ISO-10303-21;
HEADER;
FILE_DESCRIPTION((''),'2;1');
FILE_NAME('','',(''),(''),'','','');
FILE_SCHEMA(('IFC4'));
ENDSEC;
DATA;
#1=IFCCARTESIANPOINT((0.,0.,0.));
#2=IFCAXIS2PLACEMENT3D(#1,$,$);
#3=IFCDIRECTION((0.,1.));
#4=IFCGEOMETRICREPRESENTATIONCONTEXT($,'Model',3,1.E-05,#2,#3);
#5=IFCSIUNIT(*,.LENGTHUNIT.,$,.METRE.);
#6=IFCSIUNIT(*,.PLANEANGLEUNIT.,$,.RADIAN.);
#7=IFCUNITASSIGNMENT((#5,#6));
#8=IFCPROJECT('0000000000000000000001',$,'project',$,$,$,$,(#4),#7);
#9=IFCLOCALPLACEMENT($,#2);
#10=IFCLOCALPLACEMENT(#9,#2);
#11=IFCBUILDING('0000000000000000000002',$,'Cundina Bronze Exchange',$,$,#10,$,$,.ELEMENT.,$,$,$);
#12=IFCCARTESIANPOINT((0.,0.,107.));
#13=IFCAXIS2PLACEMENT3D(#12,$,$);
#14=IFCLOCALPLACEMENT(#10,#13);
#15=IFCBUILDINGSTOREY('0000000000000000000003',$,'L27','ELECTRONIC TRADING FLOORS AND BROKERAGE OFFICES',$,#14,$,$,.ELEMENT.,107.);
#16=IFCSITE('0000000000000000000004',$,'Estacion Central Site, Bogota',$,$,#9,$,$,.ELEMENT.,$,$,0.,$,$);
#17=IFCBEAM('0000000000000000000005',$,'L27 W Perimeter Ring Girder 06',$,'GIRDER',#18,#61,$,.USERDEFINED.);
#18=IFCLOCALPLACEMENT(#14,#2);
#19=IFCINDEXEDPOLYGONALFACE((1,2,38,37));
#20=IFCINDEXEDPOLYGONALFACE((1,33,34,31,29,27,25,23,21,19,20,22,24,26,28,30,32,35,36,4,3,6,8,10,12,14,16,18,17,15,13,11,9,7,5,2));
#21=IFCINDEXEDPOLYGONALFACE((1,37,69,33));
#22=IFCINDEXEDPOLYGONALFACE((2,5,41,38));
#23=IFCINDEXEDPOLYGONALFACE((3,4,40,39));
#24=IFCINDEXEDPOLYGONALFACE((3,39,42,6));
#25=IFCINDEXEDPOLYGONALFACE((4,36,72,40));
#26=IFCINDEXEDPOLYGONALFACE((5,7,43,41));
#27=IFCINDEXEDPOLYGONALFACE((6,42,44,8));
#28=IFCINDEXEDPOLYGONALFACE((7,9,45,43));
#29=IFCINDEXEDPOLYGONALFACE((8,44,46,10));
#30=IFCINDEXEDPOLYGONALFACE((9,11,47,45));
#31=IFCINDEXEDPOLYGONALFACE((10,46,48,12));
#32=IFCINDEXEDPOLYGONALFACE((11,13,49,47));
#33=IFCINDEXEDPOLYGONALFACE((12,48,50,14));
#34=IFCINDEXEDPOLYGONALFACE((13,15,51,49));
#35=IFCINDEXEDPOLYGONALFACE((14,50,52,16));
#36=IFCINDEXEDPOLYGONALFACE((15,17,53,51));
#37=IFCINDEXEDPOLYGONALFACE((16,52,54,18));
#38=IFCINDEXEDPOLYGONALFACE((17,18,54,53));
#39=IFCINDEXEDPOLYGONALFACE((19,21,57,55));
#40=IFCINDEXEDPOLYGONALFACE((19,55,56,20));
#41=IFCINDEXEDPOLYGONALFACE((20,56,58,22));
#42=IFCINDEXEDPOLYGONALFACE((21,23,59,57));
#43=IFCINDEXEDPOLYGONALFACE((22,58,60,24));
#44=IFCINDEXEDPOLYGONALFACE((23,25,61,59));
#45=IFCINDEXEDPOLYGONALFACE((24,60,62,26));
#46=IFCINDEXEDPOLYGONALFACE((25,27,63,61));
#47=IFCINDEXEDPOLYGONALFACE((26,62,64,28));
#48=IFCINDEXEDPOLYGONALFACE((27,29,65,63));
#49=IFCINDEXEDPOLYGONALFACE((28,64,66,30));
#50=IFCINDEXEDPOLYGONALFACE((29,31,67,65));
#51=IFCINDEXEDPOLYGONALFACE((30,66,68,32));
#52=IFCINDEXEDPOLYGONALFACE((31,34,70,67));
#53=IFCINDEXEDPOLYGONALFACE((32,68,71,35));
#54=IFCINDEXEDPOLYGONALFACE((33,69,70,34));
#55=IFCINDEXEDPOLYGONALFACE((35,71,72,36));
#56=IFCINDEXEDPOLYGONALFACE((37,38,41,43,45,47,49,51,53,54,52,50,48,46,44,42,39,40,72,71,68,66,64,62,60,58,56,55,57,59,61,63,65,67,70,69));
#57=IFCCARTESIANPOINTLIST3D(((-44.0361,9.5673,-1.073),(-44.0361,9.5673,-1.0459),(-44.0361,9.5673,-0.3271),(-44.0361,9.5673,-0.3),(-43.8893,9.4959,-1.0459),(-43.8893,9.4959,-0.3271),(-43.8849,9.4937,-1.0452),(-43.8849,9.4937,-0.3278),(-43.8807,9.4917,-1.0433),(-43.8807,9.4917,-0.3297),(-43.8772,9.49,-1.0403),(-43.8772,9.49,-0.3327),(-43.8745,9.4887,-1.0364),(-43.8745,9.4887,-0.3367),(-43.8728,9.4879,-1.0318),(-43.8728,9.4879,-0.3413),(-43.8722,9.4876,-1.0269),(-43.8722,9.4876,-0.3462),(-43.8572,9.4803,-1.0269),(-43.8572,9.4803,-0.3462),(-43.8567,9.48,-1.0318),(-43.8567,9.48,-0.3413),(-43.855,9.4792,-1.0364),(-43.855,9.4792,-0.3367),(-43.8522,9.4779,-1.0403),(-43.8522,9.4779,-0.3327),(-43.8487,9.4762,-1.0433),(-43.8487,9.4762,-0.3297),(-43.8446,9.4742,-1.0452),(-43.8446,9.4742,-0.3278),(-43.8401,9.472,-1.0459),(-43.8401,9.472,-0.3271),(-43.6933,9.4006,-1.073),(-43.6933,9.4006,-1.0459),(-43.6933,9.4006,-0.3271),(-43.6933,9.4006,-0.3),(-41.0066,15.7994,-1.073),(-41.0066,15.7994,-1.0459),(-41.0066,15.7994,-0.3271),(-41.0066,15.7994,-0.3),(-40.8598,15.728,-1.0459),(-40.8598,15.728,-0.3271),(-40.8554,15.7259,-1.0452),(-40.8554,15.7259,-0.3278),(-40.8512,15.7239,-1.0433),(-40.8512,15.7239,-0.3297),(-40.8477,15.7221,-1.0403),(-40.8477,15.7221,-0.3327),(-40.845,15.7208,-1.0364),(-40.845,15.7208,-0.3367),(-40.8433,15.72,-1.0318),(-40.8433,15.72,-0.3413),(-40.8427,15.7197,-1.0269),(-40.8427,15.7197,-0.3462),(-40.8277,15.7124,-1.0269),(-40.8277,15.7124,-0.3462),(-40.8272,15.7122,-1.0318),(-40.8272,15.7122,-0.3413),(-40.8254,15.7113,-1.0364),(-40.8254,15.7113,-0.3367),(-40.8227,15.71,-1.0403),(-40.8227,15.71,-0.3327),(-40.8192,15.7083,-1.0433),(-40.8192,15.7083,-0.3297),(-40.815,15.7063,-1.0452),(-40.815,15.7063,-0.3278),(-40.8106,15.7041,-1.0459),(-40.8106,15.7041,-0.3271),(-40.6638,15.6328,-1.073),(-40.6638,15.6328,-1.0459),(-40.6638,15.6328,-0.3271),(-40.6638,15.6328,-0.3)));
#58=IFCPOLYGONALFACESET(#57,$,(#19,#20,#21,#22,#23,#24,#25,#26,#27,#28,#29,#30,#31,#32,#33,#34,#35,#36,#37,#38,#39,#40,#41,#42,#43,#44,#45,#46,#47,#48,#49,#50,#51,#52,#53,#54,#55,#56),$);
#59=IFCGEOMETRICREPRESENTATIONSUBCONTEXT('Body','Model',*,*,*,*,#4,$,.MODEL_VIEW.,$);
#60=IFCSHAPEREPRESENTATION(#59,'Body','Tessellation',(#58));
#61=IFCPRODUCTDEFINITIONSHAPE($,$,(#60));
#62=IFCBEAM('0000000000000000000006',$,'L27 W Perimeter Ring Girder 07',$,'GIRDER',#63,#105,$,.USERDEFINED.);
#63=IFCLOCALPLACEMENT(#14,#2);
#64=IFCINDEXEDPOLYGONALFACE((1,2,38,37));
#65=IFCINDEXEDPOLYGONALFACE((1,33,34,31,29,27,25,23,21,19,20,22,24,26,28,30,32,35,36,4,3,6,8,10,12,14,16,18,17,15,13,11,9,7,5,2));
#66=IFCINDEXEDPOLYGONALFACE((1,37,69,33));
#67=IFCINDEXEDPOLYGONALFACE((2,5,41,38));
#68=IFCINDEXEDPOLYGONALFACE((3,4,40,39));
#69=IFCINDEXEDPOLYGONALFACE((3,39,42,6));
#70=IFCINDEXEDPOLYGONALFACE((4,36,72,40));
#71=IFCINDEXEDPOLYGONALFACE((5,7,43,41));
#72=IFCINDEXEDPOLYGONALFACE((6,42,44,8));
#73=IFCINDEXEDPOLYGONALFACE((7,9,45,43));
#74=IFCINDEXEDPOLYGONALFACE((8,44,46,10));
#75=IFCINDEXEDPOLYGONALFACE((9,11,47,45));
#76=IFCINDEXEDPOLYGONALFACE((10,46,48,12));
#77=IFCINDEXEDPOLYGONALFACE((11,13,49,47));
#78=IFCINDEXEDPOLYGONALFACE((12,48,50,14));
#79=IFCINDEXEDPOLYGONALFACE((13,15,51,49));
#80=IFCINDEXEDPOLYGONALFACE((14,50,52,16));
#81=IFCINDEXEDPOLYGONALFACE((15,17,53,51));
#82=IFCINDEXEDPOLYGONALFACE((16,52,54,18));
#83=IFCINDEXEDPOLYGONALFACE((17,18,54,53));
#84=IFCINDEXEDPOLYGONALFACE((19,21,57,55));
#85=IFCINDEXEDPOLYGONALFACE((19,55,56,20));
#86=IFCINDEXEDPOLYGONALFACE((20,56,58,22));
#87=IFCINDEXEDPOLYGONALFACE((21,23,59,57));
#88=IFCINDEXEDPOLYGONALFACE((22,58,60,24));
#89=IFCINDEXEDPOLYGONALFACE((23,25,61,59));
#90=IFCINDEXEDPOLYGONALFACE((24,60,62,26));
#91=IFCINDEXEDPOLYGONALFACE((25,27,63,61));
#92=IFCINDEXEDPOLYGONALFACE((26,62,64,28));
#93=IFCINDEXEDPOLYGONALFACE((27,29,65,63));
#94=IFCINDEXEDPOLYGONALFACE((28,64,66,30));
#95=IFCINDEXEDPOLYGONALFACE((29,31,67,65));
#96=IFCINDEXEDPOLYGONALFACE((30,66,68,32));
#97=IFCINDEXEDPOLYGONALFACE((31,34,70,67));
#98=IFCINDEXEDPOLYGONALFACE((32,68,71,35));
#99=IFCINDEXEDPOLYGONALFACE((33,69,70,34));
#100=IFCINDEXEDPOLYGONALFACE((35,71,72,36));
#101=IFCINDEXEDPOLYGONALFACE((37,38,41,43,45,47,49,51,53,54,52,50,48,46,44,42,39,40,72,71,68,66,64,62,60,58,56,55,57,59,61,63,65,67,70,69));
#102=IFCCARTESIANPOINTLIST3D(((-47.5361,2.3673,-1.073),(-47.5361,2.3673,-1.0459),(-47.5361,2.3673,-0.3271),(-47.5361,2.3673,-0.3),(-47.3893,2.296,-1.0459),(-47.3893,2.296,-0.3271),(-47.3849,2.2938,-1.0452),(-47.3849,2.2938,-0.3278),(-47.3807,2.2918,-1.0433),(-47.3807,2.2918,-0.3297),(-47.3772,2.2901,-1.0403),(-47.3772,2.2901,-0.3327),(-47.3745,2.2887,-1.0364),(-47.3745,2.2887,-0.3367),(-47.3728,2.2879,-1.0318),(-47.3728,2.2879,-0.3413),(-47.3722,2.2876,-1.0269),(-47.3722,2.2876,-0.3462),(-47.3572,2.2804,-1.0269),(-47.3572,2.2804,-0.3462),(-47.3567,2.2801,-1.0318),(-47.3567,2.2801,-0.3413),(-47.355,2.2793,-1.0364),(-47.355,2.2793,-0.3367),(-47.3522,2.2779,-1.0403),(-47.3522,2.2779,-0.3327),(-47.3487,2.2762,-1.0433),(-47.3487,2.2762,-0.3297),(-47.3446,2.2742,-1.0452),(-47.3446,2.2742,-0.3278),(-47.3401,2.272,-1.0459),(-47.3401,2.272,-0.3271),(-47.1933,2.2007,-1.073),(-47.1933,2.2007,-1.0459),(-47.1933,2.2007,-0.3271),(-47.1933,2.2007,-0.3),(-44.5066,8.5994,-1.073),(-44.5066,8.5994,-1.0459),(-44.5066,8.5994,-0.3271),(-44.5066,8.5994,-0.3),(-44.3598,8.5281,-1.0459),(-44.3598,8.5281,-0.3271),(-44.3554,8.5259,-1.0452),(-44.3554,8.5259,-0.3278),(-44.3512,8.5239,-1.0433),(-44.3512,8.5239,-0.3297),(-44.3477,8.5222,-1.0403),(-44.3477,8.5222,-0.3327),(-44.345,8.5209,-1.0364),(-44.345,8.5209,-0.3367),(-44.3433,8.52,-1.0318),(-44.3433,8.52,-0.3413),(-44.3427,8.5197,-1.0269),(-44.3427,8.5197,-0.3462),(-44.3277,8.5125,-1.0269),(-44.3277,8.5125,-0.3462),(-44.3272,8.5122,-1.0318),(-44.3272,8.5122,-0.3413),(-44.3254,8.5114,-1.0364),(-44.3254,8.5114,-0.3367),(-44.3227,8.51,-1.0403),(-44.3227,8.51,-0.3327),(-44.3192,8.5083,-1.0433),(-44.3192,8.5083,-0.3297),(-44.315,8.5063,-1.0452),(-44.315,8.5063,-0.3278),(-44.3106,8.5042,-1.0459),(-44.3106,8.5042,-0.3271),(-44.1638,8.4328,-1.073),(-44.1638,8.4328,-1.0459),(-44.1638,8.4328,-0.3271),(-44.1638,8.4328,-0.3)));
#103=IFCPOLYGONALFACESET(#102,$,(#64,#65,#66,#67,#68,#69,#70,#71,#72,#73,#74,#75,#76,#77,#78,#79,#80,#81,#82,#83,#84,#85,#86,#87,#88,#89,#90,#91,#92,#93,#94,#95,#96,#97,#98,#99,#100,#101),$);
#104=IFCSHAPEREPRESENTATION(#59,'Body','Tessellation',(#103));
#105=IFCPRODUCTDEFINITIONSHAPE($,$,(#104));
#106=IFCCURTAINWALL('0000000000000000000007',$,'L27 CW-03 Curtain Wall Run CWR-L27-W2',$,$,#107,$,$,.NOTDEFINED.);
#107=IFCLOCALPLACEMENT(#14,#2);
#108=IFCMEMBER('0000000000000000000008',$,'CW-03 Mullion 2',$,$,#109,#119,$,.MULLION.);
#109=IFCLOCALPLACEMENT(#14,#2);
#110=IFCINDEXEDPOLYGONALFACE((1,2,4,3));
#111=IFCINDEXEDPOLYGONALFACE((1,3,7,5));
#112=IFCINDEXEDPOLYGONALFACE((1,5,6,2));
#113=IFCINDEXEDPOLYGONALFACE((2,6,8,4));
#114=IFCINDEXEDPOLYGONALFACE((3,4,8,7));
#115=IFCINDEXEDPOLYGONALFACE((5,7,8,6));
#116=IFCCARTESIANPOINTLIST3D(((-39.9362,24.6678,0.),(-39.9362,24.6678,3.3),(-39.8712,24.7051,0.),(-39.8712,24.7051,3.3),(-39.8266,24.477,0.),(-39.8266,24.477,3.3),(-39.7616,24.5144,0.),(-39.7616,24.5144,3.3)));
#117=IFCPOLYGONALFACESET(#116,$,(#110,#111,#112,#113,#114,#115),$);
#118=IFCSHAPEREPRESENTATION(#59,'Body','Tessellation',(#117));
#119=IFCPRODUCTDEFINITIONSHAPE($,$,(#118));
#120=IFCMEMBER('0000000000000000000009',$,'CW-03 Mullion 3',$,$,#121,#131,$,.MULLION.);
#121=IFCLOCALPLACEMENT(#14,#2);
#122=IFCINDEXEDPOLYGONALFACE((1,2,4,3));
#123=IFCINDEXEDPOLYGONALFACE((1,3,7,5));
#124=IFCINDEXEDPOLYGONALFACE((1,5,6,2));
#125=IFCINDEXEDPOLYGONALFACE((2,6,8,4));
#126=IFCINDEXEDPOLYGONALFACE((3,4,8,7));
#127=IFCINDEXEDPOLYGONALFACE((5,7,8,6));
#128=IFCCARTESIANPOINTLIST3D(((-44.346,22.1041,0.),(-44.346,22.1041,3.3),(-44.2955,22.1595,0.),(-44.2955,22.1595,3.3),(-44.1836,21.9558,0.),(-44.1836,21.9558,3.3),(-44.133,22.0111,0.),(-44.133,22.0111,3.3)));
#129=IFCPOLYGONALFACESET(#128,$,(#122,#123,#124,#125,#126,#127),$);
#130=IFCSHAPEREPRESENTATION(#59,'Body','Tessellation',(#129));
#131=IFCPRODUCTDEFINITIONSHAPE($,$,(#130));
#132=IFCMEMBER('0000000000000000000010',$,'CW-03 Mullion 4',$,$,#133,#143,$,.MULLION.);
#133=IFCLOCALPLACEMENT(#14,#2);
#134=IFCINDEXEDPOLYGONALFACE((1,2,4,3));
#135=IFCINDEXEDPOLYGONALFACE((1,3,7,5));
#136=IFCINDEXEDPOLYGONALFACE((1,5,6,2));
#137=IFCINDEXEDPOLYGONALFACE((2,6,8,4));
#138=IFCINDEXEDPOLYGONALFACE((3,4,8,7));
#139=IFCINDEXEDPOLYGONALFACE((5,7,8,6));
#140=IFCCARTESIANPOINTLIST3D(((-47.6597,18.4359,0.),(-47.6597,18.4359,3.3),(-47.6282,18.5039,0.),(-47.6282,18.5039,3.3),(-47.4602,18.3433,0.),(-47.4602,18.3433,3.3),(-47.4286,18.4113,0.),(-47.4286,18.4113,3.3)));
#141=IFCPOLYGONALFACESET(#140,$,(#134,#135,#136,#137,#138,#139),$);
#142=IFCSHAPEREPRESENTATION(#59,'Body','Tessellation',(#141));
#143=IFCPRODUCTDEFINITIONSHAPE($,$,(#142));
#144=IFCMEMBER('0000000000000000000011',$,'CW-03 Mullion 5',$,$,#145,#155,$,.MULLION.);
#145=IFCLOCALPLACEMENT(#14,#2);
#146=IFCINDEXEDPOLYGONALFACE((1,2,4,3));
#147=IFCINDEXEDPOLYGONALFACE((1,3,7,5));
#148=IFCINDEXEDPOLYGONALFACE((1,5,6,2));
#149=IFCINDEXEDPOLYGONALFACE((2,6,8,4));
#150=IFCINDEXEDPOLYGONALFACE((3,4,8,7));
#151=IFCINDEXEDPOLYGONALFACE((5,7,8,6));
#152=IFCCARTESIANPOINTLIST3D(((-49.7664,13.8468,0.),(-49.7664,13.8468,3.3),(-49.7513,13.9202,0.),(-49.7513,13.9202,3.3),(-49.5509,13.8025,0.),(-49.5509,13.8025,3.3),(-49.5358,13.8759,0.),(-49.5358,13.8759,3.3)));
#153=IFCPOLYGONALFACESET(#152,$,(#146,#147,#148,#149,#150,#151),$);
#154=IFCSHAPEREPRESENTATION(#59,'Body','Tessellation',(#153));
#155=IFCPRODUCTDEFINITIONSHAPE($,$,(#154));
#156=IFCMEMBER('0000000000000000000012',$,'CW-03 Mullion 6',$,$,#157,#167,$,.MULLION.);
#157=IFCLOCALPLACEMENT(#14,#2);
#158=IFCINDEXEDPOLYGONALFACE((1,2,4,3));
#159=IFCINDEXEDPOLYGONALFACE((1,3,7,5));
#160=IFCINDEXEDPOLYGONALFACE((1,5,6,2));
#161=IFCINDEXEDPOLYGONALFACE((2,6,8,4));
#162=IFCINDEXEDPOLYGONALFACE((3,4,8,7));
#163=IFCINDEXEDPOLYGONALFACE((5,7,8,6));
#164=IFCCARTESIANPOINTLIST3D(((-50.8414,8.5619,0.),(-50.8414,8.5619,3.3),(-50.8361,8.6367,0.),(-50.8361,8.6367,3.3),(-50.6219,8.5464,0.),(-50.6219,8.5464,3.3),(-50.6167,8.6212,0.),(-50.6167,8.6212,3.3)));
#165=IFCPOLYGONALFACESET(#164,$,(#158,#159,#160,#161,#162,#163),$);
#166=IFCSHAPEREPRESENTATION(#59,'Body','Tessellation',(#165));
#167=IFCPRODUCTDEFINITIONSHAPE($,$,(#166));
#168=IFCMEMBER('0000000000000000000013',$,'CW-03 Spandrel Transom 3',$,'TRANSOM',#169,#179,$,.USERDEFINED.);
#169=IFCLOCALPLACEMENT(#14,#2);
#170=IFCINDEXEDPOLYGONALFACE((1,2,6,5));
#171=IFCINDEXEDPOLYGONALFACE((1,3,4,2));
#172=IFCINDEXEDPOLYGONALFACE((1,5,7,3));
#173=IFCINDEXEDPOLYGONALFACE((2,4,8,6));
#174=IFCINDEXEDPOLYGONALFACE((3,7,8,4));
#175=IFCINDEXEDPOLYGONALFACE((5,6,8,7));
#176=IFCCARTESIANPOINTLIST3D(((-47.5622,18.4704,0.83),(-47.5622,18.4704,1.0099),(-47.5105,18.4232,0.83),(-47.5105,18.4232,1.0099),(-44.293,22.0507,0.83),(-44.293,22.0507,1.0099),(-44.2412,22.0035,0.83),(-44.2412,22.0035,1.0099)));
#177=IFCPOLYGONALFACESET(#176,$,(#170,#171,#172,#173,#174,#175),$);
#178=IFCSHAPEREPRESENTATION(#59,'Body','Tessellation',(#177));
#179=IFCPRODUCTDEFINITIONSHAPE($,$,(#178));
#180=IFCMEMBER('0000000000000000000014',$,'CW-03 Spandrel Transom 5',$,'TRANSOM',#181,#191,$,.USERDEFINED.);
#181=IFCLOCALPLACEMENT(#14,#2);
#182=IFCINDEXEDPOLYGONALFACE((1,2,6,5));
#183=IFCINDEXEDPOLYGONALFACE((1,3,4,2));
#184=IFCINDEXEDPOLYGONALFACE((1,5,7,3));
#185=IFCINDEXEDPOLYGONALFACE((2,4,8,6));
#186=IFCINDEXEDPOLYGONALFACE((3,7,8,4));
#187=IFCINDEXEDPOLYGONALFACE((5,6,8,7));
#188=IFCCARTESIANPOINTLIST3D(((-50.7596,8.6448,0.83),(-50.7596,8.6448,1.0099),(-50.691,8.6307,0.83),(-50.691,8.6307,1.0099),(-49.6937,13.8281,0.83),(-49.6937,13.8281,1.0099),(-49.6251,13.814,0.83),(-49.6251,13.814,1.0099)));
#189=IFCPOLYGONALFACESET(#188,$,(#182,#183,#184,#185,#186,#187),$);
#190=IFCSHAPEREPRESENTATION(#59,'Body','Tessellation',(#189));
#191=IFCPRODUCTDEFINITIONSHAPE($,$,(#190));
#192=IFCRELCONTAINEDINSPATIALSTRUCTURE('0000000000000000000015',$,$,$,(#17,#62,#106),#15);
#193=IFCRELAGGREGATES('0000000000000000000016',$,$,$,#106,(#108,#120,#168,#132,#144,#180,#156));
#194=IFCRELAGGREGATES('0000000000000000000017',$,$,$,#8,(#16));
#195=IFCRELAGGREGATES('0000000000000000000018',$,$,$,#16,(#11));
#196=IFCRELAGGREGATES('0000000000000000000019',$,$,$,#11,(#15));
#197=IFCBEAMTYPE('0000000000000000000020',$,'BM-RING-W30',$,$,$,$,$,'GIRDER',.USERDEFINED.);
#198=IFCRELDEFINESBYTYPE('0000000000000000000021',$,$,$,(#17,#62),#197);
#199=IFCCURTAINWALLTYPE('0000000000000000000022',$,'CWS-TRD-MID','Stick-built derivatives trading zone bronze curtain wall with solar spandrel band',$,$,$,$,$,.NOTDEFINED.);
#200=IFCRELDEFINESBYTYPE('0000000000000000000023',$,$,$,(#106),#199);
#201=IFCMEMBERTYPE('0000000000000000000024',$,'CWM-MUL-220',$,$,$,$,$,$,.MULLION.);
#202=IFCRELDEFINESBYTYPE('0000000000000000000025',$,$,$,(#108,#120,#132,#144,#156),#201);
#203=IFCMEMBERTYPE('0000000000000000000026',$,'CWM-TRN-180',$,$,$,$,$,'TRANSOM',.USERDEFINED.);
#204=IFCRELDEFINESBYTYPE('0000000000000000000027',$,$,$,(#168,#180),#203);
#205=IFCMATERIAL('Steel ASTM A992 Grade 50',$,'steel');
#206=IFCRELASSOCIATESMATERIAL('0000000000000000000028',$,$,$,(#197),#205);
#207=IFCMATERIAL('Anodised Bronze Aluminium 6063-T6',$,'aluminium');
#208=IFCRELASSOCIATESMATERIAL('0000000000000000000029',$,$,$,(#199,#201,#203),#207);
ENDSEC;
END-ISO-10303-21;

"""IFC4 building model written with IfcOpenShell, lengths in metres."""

from ifc_helpers import new_model, si_unit, direction, frame, origin, origin_2d, place, context, subcontext, project, spatial, rectangle, i_section, extrude, material, material_profile, profile_set, type_object, element, aggregate, save


model = new_model("IFC4")

# Units and contexts
model_context = context("Model", 3, precision=1e-05, world=origin(), true_north=direction((0.0, 1.0)))
body_context = subcontext(model_context, "Body", "Model", "MODEL_VIEW")
ifc_project = project(units=[si_unit("LENGTHUNIT", "METRE"), si_unit("PLANEANGLEUNIT", "RADIAN")], contexts=[model_context])

# Site, building, storey
site_placement = place(None, origin())
site = spatial("IfcSite", under=ifc_project, at=site_placement, Name="Estacion Central Site, Bogota", CompositionType="ELEMENT", RefElevation=0.0)
building_placement = place(site_placement, origin())
building = spatial("IfcBuilding", under=site, at=building_placement, Name="Cundina Bronze Exchange", CompositionType="ELEMENT")
storey_placement = place(building_placement, frame((0.0, 0.0, 107.0)))
storey = spatial("IfcBuildingStorey", under=building, at=storey_placement, Name="L27", Description="ELECTRONIC TRADING FLOORS AND BROKERAGE OFFICES", CompositionType="ELEMENT", Elevation=107.0)

# Beams
ifc_material_1 = material(Name="Steel ASTM A992 Grade 50", Category="steel")
ifc_material_profile_1 = material_profile(ifc_material_1, i_section(OverallWidth=0.3811, OverallDepth=0.7729, WebThickness=0.0166, FlangeThickness=0.0271, FilletRadius=0.019, at=origin_2d()), Name="W30X173", Category="steel")
ifc_profile_set_1 = profile_set([ifc_material_profile_1], Name="Steel ASTM A992 Grade 50")
beam_type_1 = type_object("IfcBeamType", Name="BM-RING-W30", ElementType="GIRDER", PredefinedType="USERDEFINED", material=ifc_profile_set_1)
for number, where, z_axis, x_axis, name in (
    (1, (-40.8352, 15.7161, -0.6865), (-0.437194, -0.899367, 0.0), (0.899367, -0.437194, 0.0), "L27 W Perimeter Ring Girder 06"),
    (2, (-44.3352, 8.5161, -0.6865), (-0.437194, -0.899367, 0.0), (0.899367, -0.437194, 0.0), "L27 W Perimeter Ring Girder 07"),
):
    element("IfcBeam", number, at=place(storey_placement, frame(where, z_axis=z_axis, x_axis=x_axis)), inside=storey, type_object=beam_type_1, Name=name, ObjectType="GIRDER", PredefinedType="USERDEFINED", context=body_context, shape_type="SweptSolid", body=[
        extrude(i_section(OverallWidth=0.3811, OverallDepth=0.7729, WebThickness=0.0166, FlangeThickness=0.0271, FilletRadius=0.019, at=origin_2d()), origin(), (0.0, 0.0, 1.0), 6.9294),
    ])

# Curtain wall, members
ifc_material_2 = material(Name="Anodised Bronze Aluminium 6063-T6", Category="aluminium")
curtain_wall_type = type_object("IfcCurtainWallType", Name="CWS-TRD-MID", Description="Stick-built derivatives trading zone bronze curtain wall with solar spandrel band", PredefinedType="NOTDEFINED", material=ifc_material_2)
curtain_wall_placement = place(storey_placement, origin())
curtain_wall = element("IfcCurtainWall", 3, at=curtain_wall_placement, inside=storey, type_object=curtain_wall_type, Name="L27 CW-03 Curtain Wall Run CWR-L27-W2", PredefinedType="NOTDEFINED")
ifc_material_profile_2 = material_profile(ifc_material_2, rectangle(XDim=0.075, YDim=0.22, at=origin_2d()), Name="AL75X220", Category="aluminium")
ifc_profile_set_2 = profile_set([ifc_material_profile_2], Name="Anodised Bronze Aluminium 6063-T6")
member_type_1 = type_object("IfcMemberType", Name="CWM-MUL-220", PredefinedType="MULLION", material=ifc_profile_set_2)
member_1_placement = place(storey_placement, frame((-39.8489, 24.5911, 0.0), z_axis=(0.0, 0.0, 1.0), x_axis=(-0.867071, -0.498185, 0.0)))
member_1 = element("IfcMember", 4, at=member_1_placement, type_object=member_type_1, Name="CW-03 Mullion 2", PredefinedType="MULLION", context=body_context, shape_type="SweptSolid", body=[
    extrude(rectangle(XDim=0.075, YDim=0.22, at=origin_2d()), origin(), (0.0, 0.0, 1.0), 3.3),
])
member_2_placement = place(storey_placement, frame((-44.2395, 22.0576, 0.0), z_axis=(0.0, 0.0, 1.0), x_axis=(-0.674302, -0.738455, 0.0)))
member_2 = element("IfcMember", 5, at=member_2_placement, type_object=member_type_1, Name="CW-03 Mullion 3", PredefinedType="MULLION", context=body_context, shape_type="SweptSolid", body=[
    extrude(rectangle(XDim=0.075, YDim=0.22, at=origin_2d()), origin(), (0.0, 0.0, 1.0), 3.3),
])
member_3_placement = place(storey_placement, frame((-47.5442, 18.4236, 0.0), z_axis=(0.0, 0.0, 1.0), x_axis=(-0.420877, -0.907117, 0.0)))
member_3 = element("IfcMember", 6, at=member_3_placement, type_object=member_type_1, Name="CW-03 Mullion 4", PredefinedType="MULLION", context=body_context, shape_type="SweptSolid", body=[
    extrude(rectangle(XDim=0.075, YDim=0.22, at=origin_2d()), origin(), (0.0, 0.0, 1.0), 3.3),
])
member_4_placement = place(storey_placement, frame((-49.6511, 13.8613, 0.0), z_axis=(0.0, 0.0, 1.0), x_axis=(-0.20142, -0.979505, 0.0)))
member_4 = element("IfcMember", 7, at=member_4_placement, type_object=member_type_1, Name="CW-03 Mullion 5", PredefinedType="MULLION", context=body_context, shape_type="SweptSolid", body=[
    extrude(rectangle(XDim=0.075, YDim=0.22, at=origin_2d()), origin(), (0.0, 0.0, 1.0), 3.3),
])
member_5_placement = place(storey_placement, frame((-50.729, 8.5916, 0.0), z_axis=(0.0, 0.0, 1.0), x_axis=(-0.070279, -0.997527, 0.0)))
member_5 = element("IfcMember", 8, at=member_5_placement, type_object=member_type_1, Name="CW-03 Mullion 6", PredefinedType="MULLION", context=body_context, shape_type="SweptSolid", body=[
    extrude(rectangle(XDim=0.075, YDim=0.22, at=origin_2d()), origin(), (0.0, 0.0, 1.0), 3.3),
])
ifc_material_profile_3 = material_profile(ifc_material_2, rectangle(XDim=0.0701, YDim=0.1799, at=origin_2d()), Name="AL70X180", Category="aluminium")
ifc_profile_set_3 = profile_set([ifc_material_profile_3], Name="Anodised Bronze Aluminium 6063-T6")
member_type_2 = type_object("IfcMemberType", Name="CWM-TRN-180", ElementType="TRANSOM", PredefinedType="USERDEFINED", material=ifc_profile_set_3)
member_6_placement = place(storey_placement, frame((-44.2671, 22.0271, 0.9199), z_axis=(-0.674303, -0.738455, 0.0), x_axis=(0.738455, -0.674303, 0.0)))
member_6 = element("IfcMember", 9, at=member_6_placement, type_object=member_type_2, Name="CW-03 Spandrel Transom 3", ObjectType="TRANSOM", PredefinedType="USERDEFINED", context=body_context, shape_type="SweptSolid", body=[
    extrude(rectangle(XDim=0.0701, YDim=0.1799, at=origin_2d()), origin(), (0.0, 0.0, 1.0), 4.8484),
])
member_7_placement = place(storey_placement, frame((-49.6594, 13.821, 0.9199), z_axis=(-0.201428, -0.979503, 0.0), x_axis=(0.979503, -0.201428, 0.0)))
member_7 = element("IfcMember", 10, at=member_7_placement, type_object=member_type_2, Name="CW-03 Spandrel Transom 5", ObjectType="TRANSOM", PredefinedType="USERDEFINED", context=body_context, shape_type="SweptSolid", body=[
    extrude(rectangle(XDim=0.0701, YDim=0.1799, at=origin_2d()), origin(), (0.0, 0.0, 1.0), 5.2917),
])
aggregate(curtain_wall, [member_1, member_2, member_6, member_3, member_4, member_7, member_5])

save(model, "model.ifc")
